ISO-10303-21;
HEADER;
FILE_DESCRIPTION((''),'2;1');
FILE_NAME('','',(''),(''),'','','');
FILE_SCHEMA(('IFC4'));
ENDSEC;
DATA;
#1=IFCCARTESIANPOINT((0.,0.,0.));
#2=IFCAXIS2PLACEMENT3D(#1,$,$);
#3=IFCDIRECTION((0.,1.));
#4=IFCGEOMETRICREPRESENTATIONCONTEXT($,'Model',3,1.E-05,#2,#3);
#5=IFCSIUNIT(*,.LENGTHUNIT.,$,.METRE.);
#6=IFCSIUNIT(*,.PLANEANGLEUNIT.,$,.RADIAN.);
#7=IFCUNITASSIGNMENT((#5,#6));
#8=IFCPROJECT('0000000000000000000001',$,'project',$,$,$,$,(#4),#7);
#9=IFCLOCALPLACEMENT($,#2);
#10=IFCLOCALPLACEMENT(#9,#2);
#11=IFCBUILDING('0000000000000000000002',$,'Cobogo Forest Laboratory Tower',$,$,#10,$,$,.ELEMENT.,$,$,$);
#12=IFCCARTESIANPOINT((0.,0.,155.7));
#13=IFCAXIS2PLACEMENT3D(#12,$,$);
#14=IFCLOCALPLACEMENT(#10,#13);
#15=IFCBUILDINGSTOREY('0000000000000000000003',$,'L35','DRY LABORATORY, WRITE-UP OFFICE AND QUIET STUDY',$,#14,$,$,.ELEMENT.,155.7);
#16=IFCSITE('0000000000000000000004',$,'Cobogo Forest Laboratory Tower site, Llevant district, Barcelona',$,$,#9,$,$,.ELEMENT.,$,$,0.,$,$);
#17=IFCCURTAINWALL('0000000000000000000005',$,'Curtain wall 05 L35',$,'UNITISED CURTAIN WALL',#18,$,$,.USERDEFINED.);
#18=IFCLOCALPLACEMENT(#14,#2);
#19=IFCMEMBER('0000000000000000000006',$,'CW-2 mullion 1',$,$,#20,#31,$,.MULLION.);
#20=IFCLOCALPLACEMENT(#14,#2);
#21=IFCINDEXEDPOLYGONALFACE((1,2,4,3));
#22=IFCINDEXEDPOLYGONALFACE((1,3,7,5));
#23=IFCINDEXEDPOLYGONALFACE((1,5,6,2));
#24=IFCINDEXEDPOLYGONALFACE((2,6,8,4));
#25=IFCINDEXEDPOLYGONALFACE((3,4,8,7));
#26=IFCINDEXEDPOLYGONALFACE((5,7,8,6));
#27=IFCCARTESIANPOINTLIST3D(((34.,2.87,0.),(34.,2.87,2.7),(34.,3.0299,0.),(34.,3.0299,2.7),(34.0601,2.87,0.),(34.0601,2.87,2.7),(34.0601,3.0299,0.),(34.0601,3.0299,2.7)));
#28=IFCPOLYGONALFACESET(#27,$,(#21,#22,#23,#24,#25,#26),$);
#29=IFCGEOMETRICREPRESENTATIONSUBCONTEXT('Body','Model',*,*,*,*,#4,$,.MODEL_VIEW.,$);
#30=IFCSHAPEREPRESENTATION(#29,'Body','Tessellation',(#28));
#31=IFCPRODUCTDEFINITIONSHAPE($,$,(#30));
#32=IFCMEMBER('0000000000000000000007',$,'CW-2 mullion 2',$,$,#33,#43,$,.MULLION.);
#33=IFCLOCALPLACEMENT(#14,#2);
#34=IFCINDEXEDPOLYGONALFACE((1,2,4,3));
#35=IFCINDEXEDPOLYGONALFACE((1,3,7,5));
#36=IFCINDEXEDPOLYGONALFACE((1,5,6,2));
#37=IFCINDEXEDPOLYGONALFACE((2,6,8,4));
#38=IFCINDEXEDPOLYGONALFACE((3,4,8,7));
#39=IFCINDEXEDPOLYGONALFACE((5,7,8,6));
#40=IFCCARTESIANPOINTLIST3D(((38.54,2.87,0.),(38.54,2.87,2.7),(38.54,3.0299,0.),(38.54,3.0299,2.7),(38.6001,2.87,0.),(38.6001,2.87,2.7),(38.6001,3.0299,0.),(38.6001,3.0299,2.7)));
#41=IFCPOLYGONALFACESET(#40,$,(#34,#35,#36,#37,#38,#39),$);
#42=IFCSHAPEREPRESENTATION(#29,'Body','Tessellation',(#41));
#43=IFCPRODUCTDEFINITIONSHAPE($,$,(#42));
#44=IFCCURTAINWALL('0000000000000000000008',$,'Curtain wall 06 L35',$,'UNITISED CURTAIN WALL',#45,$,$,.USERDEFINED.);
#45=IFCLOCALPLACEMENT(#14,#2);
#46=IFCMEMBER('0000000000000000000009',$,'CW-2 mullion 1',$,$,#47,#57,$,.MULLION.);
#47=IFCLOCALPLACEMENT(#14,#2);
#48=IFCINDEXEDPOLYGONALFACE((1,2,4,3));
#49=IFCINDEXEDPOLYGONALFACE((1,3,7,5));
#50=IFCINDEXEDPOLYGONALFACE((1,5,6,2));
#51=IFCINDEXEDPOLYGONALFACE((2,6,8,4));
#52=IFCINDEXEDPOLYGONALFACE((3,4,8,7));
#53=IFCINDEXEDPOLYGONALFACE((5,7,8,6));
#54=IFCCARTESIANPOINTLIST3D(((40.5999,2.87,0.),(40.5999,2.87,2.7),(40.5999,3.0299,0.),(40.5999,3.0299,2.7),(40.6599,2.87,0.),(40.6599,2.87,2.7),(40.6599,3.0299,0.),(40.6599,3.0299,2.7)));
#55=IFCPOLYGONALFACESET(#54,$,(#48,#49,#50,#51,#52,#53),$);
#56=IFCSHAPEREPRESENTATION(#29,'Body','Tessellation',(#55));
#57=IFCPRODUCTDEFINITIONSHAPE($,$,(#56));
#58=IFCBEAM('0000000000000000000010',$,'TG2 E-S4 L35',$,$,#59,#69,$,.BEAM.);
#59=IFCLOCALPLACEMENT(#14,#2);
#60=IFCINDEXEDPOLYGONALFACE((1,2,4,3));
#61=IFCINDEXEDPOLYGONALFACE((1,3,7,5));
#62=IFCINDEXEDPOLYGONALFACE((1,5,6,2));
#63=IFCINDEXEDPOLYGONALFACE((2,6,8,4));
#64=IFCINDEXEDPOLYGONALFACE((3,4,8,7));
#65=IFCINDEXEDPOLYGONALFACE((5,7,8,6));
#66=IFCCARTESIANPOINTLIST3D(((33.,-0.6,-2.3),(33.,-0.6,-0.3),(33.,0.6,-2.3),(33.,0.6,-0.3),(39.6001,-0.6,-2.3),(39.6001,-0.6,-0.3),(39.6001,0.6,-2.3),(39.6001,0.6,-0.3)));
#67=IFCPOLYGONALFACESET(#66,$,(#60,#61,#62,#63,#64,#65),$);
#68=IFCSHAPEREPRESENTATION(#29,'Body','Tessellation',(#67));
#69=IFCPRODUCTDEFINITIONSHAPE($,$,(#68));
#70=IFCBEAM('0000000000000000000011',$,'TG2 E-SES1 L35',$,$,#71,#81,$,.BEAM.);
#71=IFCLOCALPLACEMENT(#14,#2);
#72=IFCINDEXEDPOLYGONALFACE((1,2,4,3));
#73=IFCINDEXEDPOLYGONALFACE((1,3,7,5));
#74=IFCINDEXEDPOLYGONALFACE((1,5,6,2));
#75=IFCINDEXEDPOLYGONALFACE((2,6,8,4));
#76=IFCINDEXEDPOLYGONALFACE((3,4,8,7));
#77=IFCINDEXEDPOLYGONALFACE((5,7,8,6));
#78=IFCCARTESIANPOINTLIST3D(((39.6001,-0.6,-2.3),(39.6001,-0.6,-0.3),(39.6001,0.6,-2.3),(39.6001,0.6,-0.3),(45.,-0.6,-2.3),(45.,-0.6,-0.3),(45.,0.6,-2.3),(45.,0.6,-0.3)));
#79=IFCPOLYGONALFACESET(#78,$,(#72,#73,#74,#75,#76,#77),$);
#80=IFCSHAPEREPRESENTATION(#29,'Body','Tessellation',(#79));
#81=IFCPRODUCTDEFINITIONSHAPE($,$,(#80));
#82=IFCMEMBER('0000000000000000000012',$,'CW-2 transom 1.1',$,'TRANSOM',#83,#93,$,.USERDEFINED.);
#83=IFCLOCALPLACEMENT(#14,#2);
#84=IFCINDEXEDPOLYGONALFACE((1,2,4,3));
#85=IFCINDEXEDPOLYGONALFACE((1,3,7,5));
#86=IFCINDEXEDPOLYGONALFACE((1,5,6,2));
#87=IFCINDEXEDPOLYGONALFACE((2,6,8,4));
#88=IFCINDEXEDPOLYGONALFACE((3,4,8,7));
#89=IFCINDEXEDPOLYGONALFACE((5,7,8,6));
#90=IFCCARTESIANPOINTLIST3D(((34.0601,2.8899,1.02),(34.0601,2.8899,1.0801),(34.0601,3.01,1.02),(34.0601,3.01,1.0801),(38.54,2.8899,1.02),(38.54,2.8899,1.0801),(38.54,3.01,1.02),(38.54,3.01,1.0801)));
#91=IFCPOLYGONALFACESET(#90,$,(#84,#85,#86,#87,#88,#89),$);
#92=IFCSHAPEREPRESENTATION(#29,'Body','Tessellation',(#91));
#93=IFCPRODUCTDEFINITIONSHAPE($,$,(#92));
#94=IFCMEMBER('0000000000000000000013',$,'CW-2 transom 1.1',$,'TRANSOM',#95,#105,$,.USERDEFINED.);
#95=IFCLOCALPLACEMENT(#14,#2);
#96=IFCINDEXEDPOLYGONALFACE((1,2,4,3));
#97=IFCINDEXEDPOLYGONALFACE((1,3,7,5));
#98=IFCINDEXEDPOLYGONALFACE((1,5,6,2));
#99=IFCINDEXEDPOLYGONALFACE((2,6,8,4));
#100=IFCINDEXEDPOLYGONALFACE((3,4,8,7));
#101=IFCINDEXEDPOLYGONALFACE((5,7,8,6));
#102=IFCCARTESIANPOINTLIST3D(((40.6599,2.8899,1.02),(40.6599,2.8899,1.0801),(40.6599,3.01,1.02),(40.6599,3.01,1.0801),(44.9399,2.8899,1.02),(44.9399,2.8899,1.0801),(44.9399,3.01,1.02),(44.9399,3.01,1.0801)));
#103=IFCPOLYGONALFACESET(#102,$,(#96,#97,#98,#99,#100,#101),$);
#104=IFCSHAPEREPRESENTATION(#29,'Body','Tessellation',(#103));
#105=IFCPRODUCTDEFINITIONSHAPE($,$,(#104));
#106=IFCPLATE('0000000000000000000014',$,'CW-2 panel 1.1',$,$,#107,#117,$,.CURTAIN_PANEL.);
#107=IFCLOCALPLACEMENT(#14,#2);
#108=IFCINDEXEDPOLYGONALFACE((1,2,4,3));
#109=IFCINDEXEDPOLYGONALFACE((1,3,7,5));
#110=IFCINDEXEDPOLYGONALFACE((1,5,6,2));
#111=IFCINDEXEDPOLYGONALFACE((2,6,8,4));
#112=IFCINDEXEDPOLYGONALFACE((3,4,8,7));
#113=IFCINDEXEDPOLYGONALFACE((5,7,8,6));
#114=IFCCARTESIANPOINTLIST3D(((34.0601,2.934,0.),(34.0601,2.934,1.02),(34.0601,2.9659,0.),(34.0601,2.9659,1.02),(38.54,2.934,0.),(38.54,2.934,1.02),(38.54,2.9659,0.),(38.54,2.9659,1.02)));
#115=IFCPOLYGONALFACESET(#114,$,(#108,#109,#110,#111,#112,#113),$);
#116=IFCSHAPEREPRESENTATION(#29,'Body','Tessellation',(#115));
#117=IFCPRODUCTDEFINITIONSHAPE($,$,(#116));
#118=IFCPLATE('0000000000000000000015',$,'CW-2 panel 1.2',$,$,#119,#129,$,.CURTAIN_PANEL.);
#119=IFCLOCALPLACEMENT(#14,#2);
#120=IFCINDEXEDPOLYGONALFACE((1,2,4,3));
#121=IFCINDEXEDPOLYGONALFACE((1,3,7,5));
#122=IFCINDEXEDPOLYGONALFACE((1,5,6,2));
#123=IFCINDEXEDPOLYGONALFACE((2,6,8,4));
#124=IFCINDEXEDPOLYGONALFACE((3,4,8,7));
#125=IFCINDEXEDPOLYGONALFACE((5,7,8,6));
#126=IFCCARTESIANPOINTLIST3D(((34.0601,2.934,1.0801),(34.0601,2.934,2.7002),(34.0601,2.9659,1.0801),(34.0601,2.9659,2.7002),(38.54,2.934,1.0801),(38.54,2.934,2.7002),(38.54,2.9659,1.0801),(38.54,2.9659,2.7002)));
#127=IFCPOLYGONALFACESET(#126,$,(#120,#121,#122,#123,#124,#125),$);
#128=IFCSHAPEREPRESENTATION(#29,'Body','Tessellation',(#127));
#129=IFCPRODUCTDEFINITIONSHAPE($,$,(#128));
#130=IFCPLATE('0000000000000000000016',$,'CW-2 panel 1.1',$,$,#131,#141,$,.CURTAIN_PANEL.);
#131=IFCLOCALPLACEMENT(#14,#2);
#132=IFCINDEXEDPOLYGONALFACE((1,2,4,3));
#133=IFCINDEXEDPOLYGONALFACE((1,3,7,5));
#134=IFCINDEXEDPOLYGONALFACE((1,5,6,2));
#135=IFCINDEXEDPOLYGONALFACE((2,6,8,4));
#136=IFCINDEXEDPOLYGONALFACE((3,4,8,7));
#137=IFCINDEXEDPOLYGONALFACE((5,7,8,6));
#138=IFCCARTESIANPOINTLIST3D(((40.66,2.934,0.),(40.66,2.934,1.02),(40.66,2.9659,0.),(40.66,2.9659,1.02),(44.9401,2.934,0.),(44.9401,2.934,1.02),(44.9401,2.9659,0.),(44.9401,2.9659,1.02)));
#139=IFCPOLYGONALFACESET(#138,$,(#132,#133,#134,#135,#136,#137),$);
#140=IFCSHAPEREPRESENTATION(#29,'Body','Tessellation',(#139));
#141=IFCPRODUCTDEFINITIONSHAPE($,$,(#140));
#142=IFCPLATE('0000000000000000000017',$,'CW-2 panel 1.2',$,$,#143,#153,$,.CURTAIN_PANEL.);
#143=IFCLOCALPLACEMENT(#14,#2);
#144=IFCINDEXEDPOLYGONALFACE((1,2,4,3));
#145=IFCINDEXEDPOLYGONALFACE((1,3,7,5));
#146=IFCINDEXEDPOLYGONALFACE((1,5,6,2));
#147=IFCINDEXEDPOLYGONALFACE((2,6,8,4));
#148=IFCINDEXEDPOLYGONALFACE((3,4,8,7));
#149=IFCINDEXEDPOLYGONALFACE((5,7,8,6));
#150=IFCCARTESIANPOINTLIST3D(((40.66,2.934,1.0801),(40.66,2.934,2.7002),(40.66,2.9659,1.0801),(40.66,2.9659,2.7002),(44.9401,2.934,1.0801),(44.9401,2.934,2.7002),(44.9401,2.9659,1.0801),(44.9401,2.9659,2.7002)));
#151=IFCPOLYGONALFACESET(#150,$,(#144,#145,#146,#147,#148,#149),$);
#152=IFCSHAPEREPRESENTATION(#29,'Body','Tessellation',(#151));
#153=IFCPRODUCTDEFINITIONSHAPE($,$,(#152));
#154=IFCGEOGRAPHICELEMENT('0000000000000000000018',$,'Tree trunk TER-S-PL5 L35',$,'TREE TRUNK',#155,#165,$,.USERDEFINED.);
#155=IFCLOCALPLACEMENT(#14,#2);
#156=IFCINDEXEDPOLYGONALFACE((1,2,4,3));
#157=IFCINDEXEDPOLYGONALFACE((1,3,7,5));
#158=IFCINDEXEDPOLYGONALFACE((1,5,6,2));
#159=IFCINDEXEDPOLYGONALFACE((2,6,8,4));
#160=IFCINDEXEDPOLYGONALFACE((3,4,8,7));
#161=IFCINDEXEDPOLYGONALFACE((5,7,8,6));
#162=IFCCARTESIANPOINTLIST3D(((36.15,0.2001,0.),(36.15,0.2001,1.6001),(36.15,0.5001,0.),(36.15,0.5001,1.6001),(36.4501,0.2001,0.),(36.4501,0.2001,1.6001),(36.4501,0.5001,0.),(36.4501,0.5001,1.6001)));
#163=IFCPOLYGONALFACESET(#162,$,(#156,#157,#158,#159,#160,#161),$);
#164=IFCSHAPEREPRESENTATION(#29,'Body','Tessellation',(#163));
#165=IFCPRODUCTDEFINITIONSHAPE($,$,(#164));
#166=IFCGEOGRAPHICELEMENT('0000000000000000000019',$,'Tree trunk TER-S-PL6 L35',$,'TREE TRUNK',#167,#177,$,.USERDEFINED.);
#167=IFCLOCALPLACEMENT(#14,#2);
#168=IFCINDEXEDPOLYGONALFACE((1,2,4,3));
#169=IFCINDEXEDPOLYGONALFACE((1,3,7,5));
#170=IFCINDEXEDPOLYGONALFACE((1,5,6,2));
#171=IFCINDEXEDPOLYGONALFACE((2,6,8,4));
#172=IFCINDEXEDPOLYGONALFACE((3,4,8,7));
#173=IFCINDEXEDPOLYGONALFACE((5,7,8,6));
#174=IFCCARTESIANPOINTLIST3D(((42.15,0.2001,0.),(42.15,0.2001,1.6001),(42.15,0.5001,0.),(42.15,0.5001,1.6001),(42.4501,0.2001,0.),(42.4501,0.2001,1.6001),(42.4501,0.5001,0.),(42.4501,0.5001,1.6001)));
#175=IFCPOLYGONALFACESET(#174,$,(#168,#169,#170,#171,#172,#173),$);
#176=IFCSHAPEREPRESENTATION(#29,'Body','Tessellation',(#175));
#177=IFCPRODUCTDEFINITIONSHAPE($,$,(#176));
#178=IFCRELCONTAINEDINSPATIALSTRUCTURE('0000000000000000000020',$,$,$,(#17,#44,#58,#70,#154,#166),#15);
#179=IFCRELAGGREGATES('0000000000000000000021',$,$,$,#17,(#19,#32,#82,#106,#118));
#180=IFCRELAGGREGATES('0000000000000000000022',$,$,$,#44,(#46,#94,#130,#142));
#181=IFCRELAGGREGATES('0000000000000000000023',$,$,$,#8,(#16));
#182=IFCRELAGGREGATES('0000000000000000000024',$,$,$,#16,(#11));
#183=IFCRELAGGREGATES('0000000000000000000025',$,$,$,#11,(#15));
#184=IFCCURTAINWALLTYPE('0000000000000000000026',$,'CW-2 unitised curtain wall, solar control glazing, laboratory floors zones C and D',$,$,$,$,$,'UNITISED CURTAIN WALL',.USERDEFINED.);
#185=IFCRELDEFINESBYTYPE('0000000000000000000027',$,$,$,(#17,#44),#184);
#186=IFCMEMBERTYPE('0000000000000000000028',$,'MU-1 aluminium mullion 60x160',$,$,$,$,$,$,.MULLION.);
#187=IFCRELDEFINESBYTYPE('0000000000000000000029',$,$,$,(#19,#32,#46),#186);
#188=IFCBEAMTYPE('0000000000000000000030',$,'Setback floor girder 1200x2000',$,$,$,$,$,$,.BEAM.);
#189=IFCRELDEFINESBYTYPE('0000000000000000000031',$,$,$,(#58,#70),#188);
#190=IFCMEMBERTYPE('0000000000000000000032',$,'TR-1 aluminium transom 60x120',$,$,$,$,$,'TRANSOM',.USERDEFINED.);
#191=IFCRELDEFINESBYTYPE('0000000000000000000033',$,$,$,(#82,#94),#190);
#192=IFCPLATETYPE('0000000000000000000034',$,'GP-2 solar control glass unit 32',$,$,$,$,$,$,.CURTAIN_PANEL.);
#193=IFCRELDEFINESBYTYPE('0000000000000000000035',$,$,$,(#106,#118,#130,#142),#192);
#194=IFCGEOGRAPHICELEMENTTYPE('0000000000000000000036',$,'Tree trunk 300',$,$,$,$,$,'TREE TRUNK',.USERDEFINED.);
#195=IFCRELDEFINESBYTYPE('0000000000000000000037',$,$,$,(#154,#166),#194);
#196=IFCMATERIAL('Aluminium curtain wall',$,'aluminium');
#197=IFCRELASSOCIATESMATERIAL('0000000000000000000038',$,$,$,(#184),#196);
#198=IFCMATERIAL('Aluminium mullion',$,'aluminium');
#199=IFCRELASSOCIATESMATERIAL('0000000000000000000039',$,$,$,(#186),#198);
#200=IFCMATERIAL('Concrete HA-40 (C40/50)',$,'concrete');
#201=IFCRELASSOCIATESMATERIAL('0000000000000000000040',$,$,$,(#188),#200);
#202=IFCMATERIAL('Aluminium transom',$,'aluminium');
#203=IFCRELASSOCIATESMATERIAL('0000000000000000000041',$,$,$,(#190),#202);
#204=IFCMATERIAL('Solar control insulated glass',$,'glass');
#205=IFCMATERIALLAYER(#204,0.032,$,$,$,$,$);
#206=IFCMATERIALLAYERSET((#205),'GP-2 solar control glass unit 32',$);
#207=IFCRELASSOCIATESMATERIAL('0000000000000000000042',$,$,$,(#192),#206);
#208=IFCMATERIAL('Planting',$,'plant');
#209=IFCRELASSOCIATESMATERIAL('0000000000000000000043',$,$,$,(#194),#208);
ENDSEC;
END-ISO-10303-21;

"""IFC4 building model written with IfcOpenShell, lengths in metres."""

from ifc_helpers import new_model, si_unit, direction, frame, origin, origin_2d, place, context, subcontext, project, spatial, rectangle, extrude, material, layer, layer_set, material_profile, profile_set, type_object, element, aggregate, save


model = new_model("IFC4")

# Units and contexts
model_context = context("Model", 3, precision=1e-05, world=origin(), true_north=direction((0.0, 1.0)))
body_context = subcontext(model_context, "Body", "Model", "MODEL_VIEW")
ifc_project = project(units=[si_unit("LENGTHUNIT", "METRE"), si_unit("PLANEANGLEUNIT", "RADIAN")], contexts=[model_context])

# Site, building, storey
site_placement = place(None, origin())
site = spatial("IfcSite", under=ifc_project, at=site_placement, Name="Cobogo Forest Laboratory Tower site, Llevant district, Barcelona", CompositionType="ELEMENT", RefElevation=0.0)
building_placement = place(site_placement, origin())
building = spatial("IfcBuilding", under=site, at=building_placement, Name="Cobogo Forest Laboratory Tower", CompositionType="ELEMENT")
storey_placement = place(building_placement, frame((0.0, 0.0, 155.7)))
storey = spatial("IfcBuildingStorey", under=building, at=storey_placement, Name="L35", Description="DRY LABORATORY, WRITE-UP OFFICE AND QUIET STUDY", CompositionType="ELEMENT", Elevation=155.7)

# Curtain wall, members
ifc_material_1 = material(Name="Aluminium curtain wall", Category="aluminium")
curtain_wall_type = type_object("IfcCurtainWallType", Name="CW-2 unitised curtain wall, solar control glazing, laboratory floors zones C and D", ElementType="UNITISED CURTAIN WALL", PredefinedType="USERDEFINED", material=ifc_material_1)
curtain_wall_1_placement = place(storey_placement, origin())
curtain_wall_1 = element("IfcCurtainWall", 1, at=curtain_wall_1_placement, inside=storey, type_object=curtain_wall_type, Name="Curtain wall 05 L35", ObjectType="UNITISED CURTAIN WALL", PredefinedType="USERDEFINED")
ifc_material_2 = material(Name="Aluminium mullion", Category="aluminium")
ifc_material_profile_1 = material_profile(ifc_material_2, rectangle(XDim=0.0601, YDim=0.1599, at=origin_2d()), Name="AL 60x160")
ifc_profile_set_1 = profile_set([ifc_material_profile_1], Name="Aluminium mullion")
member_type_1 = type_object("IfcMemberType", Name="MU-1 aluminium mullion 60x160", PredefinedType="MULLION", material=ifc_profile_set_1)
member_1_placement = place(storey_placement, frame((34.03, 2.95, 0.0), z_axis=(0.0, 0.0, 1.0), x_axis=(1.0, 0.0, 0.0)))
member_1 = element("IfcMember", 2, at=member_1_placement, type_object=member_type_1, Name="CW-2 mullion 1", PredefinedType="MULLION", context=body_context, shape_type="SweptSolid", body=[
    extrude(rectangle(XDim=0.0601, YDim=0.1599, at=origin_2d()), origin(), (0.0, 0.0, 1.0), 2.7),
])
member_2_placement = place(storey_placement, frame((38.5701, 2.95, 0.0), z_axis=(0.0, 0.0, 1.0), x_axis=(1.0, 0.0, 0.0)))
member_2 = element("IfcMember", 3, at=member_2_placement, type_object=member_type_1, Name="CW-2 mullion 2", PredefinedType="MULLION", context=body_context, shape_type="SweptSolid", body=[
    extrude(rectangle(XDim=0.0601, YDim=0.1599, at=origin_2d()), origin(), (0.0, 0.0, 1.0), 2.7),
])

# Curtain wall, member
curtain_wall_2_placement = place(storey_placement, origin())
curtain_wall_2 = element("IfcCurtainWall", 4, at=curtain_wall_2_placement, inside=storey, type_object=curtain_wall_type, Name="Curtain wall 06 L35", ObjectType="UNITISED CURTAIN WALL", PredefinedType="USERDEFINED")
member_3_placement = place(storey_placement, frame((40.6299, 2.95, 0.0), z_axis=(0.0, 0.0, 1.0), x_axis=(1.0, 0.0, 0.0)))
member_3 = element("IfcMember", 5, at=member_3_placement, type_object=member_type_1, Name="CW-2 mullion 1", PredefinedType="MULLION", context=body_context, shape_type="SweptSolid", body=[
    extrude(rectangle(XDim=0.0601, YDim=0.1599, at=origin_2d()), origin(), (0.0, 0.0, 1.0), 2.7),
])

# Beams
ifc_material_3 = material(Name="Concrete HA-40 (C40/50)", Category="concrete")
ifc_material_profile_2 = material_profile(ifc_material_3, rectangle(XDim=1.2, YDim=2.0, at=origin_2d()), Name="RC 1200x2000")
ifc_profile_set_2 = profile_set([ifc_material_profile_2], Name="Concrete HA-40 (C40/50)")
beam_type = type_object("IfcBeamType", Name="Setback floor girder 1200x2000", PredefinedType="BEAM", material=ifc_profile_set_2)
beam_1_placement = place(storey_placement, frame((33.0, 0.0, -1.3), z_axis=(1.0, 0.0, 0.0), x_axis=(0.0, 1.0, 0.0)))
element("IfcBeam", 6, at=beam_1_placement, inside=storey, type_object=beam_type, Name="TG2 E-S4 L35", PredefinedType="BEAM", context=body_context, shape_type="SweptSolid", body=[
    extrude(rectangle(XDim=1.2, YDim=2.0, at=origin_2d()), origin(), (0.0, 0.0, 1.0), 6.6001),
])
beam_2_placement = place(storey_placement, frame((39.6001, 0.0, -1.3), z_axis=(1.0, 0.0, 0.0), x_axis=(0.0, 1.0, 0.0)))
element("IfcBeam", 7, at=beam_2_placement, inside=storey, type_object=beam_type, Name="TG2 E-SES1 L35", PredefinedType="BEAM", context=body_context, shape_type="SweptSolid", body=[
    extrude(rectangle(XDim=1.2, YDim=2.0, at=origin_2d()), origin(), (0.0, 0.0, 1.0), 5.3999),
])

# Members
ifc_material_4 = material(Name="Aluminium transom", Category="aluminium")
ifc_material_profile_3 = material_profile(ifc_material_4, rectangle(XDim=0.1201, YDim=0.0601, at=origin_2d()), Name="AL 60x120")
ifc_profile_set_3 = profile_set([ifc_material_profile_3], Name="Aluminium transom")
member_type_2 = type_object("IfcMemberType", Name="TR-1 aluminium transom 60x120", ElementType="TRANSOM", PredefinedType="USERDEFINED", material=ifc_profile_set_3)
member_4_placement = place(storey_placement, frame((34.0601, 2.95, 1.05), z_axis=(1.0, 0.0, 0.0), x_axis=(0.0, 1.0, 0.0)))
member_4 = element("IfcMember", 8, at=member_4_placement, type_object=member_type_2, Name="CW-2 transom 1.1", ObjectType="TRANSOM", PredefinedType="USERDEFINED", context=body_context, shape_type="SweptSolid", body=[
    extrude(rectangle(XDim=0.1201, YDim=0.0601, at=origin_2d()), origin(), (0.0, 0.0, 1.0), 4.48),
])
member_5_placement = place(storey_placement, frame((40.6599, 2.95, 1.05), z_axis=(1.0, 0.0, 0.0), x_axis=(0.0, 1.0, 0.0)))
member_5 = element("IfcMember", 9, at=member_5_placement, type_object=member_type_2, Name="CW-2 transom 1.1", ObjectType="TRANSOM", PredefinedType="USERDEFINED", context=body_context, shape_type="SweptSolid", body=[
    extrude(rectangle(XDim=0.1201, YDim=0.0601, at=origin_2d()), origin(), (0.0, 0.0, 1.0), 4.28),
])

# Plates
ifc_material_5 = material(Name="Solar control insulated glass", Category="glass")
ifc_layer = layer(ifc_material_5, 0.032)
ifc_layer_set = layer_set([ifc_layer], Name="GP-2 solar control glass unit 32")
plate_type_1 = type_object("IfcPlateType", Name="GP-2 solar control glass unit 32", PredefinedType="CURTAIN_PANEL", material=ifc_layer_set)
plate_1_placement = place(storey_placement, frame((36.3, 2.95, 0.0), z_axis=(0.0, 0.0, 1.0), x_axis=(1.0, 0.0, 0.0)))
plate_1 = element("IfcPlate", 10, at=plate_1_placement, type_object=plate_type_1, Name="CW-2 panel 1.1", PredefinedType="CURTAIN_PANEL", context=body_context, shape_type="SweptSolid", body=[
    extrude(rectangle(XDim=4.48, YDim=0.032, at=origin_2d()), origin(), (0.0, 0.0, 1.0), 1.02),
])
plate_2_placement = place(storey_placement, frame((36.3, 2.95, 1.0801), z_axis=(0.0, 0.0, 1.0), x_axis=(1.0, 0.0, 0.0)))
plate_2 = element("IfcPlate", 11, at=plate_2_placement, type_object=plate_type_1, Name="CW-2 panel 1.2", PredefinedType="CURTAIN_PANEL", context=body_context, shape_type="SweptSolid", body=[
    extrude(rectangle(XDim=4.48, YDim=0.032, at=origin_2d()), origin(), (0.0, 0.0, 1.0), 1.6201),
])
aggregate(curtain_wall_1, [member_1, member_2, member_4, plate_1, plate_2])
plate_3_placement = place(storey_placement, frame((42.8, 2.95, 0.0), z_axis=(0.0, 0.0, 1.0), x_axis=(1.0, 0.0, 0.0)))
plate_3 = element("IfcPlate", 12, at=plate_3_placement, type_object=plate_type_1, Name="CW-2 panel 1.1", PredefinedType="CURTAIN_PANEL", context=body_context, shape_type="SweptSolid", body=[
    extrude(rectangle(XDim=4.28, YDim=0.032, at=origin_2d()), origin(), (0.0, 0.0, 1.0), 1.02),
])
plate_4_placement = place(storey_placement, frame((42.8, 2.95, 1.0801), z_axis=(0.0, 0.0, 1.0), x_axis=(1.0, 0.0, 0.0)))
plate_4 = element("IfcPlate", 13, at=plate_4_placement, type_object=plate_type_1, Name="CW-2 panel 1.2", PredefinedType="CURTAIN_PANEL", context=body_context, shape_type="SweptSolid", body=[
    extrude(rectangle(XDim=4.28, YDim=0.032, at=origin_2d()), origin(), (0.0, 0.0, 1.0), 1.6201),
])
aggregate(curtain_wall_2, [member_3, member_5, plate_3, plate_4])

# Geographic elements
ifc_material_6 = material(Name="Planting", Category="plant")
geographic_element_type = type_object("IfcGeographicElementType", Name="Tree trunk 300", ElementType="TREE TRUNK", PredefinedType="USERDEFINED", material=ifc_material_6)
for number, where, z_axis, x_axis, name in (
    (14, (36.3, 0.3501, 0.0), (0.0, 0.0, 1.0), (1.0, 0.0, 0.0), "Tree trunk TER-S-PL5 L35"),
    (15, (42.3, 0.3501, 0.0), (0.0, 0.0, 1.0), (1.0, 0.0, 0.0), "Tree trunk TER-S-PL6 L35"),
):
    element("IfcGeographicElement", number, at=place(storey_placement, frame(where, z_axis=z_axis, x_axis=x_axis)), inside=storey, type_object=geographic_element_type, Name=name, ObjectType="TREE TRUNK", PredefinedType="USERDEFINED", context=body_context, shape_type="SweptSolid", body=[
        extrude(rectangle(XDim=0.3, YDim=0.3, at=origin_2d()), origin(), (0.0, 0.0, 1.0), 1.6001),
    ])

save(model, "model.ifc")
